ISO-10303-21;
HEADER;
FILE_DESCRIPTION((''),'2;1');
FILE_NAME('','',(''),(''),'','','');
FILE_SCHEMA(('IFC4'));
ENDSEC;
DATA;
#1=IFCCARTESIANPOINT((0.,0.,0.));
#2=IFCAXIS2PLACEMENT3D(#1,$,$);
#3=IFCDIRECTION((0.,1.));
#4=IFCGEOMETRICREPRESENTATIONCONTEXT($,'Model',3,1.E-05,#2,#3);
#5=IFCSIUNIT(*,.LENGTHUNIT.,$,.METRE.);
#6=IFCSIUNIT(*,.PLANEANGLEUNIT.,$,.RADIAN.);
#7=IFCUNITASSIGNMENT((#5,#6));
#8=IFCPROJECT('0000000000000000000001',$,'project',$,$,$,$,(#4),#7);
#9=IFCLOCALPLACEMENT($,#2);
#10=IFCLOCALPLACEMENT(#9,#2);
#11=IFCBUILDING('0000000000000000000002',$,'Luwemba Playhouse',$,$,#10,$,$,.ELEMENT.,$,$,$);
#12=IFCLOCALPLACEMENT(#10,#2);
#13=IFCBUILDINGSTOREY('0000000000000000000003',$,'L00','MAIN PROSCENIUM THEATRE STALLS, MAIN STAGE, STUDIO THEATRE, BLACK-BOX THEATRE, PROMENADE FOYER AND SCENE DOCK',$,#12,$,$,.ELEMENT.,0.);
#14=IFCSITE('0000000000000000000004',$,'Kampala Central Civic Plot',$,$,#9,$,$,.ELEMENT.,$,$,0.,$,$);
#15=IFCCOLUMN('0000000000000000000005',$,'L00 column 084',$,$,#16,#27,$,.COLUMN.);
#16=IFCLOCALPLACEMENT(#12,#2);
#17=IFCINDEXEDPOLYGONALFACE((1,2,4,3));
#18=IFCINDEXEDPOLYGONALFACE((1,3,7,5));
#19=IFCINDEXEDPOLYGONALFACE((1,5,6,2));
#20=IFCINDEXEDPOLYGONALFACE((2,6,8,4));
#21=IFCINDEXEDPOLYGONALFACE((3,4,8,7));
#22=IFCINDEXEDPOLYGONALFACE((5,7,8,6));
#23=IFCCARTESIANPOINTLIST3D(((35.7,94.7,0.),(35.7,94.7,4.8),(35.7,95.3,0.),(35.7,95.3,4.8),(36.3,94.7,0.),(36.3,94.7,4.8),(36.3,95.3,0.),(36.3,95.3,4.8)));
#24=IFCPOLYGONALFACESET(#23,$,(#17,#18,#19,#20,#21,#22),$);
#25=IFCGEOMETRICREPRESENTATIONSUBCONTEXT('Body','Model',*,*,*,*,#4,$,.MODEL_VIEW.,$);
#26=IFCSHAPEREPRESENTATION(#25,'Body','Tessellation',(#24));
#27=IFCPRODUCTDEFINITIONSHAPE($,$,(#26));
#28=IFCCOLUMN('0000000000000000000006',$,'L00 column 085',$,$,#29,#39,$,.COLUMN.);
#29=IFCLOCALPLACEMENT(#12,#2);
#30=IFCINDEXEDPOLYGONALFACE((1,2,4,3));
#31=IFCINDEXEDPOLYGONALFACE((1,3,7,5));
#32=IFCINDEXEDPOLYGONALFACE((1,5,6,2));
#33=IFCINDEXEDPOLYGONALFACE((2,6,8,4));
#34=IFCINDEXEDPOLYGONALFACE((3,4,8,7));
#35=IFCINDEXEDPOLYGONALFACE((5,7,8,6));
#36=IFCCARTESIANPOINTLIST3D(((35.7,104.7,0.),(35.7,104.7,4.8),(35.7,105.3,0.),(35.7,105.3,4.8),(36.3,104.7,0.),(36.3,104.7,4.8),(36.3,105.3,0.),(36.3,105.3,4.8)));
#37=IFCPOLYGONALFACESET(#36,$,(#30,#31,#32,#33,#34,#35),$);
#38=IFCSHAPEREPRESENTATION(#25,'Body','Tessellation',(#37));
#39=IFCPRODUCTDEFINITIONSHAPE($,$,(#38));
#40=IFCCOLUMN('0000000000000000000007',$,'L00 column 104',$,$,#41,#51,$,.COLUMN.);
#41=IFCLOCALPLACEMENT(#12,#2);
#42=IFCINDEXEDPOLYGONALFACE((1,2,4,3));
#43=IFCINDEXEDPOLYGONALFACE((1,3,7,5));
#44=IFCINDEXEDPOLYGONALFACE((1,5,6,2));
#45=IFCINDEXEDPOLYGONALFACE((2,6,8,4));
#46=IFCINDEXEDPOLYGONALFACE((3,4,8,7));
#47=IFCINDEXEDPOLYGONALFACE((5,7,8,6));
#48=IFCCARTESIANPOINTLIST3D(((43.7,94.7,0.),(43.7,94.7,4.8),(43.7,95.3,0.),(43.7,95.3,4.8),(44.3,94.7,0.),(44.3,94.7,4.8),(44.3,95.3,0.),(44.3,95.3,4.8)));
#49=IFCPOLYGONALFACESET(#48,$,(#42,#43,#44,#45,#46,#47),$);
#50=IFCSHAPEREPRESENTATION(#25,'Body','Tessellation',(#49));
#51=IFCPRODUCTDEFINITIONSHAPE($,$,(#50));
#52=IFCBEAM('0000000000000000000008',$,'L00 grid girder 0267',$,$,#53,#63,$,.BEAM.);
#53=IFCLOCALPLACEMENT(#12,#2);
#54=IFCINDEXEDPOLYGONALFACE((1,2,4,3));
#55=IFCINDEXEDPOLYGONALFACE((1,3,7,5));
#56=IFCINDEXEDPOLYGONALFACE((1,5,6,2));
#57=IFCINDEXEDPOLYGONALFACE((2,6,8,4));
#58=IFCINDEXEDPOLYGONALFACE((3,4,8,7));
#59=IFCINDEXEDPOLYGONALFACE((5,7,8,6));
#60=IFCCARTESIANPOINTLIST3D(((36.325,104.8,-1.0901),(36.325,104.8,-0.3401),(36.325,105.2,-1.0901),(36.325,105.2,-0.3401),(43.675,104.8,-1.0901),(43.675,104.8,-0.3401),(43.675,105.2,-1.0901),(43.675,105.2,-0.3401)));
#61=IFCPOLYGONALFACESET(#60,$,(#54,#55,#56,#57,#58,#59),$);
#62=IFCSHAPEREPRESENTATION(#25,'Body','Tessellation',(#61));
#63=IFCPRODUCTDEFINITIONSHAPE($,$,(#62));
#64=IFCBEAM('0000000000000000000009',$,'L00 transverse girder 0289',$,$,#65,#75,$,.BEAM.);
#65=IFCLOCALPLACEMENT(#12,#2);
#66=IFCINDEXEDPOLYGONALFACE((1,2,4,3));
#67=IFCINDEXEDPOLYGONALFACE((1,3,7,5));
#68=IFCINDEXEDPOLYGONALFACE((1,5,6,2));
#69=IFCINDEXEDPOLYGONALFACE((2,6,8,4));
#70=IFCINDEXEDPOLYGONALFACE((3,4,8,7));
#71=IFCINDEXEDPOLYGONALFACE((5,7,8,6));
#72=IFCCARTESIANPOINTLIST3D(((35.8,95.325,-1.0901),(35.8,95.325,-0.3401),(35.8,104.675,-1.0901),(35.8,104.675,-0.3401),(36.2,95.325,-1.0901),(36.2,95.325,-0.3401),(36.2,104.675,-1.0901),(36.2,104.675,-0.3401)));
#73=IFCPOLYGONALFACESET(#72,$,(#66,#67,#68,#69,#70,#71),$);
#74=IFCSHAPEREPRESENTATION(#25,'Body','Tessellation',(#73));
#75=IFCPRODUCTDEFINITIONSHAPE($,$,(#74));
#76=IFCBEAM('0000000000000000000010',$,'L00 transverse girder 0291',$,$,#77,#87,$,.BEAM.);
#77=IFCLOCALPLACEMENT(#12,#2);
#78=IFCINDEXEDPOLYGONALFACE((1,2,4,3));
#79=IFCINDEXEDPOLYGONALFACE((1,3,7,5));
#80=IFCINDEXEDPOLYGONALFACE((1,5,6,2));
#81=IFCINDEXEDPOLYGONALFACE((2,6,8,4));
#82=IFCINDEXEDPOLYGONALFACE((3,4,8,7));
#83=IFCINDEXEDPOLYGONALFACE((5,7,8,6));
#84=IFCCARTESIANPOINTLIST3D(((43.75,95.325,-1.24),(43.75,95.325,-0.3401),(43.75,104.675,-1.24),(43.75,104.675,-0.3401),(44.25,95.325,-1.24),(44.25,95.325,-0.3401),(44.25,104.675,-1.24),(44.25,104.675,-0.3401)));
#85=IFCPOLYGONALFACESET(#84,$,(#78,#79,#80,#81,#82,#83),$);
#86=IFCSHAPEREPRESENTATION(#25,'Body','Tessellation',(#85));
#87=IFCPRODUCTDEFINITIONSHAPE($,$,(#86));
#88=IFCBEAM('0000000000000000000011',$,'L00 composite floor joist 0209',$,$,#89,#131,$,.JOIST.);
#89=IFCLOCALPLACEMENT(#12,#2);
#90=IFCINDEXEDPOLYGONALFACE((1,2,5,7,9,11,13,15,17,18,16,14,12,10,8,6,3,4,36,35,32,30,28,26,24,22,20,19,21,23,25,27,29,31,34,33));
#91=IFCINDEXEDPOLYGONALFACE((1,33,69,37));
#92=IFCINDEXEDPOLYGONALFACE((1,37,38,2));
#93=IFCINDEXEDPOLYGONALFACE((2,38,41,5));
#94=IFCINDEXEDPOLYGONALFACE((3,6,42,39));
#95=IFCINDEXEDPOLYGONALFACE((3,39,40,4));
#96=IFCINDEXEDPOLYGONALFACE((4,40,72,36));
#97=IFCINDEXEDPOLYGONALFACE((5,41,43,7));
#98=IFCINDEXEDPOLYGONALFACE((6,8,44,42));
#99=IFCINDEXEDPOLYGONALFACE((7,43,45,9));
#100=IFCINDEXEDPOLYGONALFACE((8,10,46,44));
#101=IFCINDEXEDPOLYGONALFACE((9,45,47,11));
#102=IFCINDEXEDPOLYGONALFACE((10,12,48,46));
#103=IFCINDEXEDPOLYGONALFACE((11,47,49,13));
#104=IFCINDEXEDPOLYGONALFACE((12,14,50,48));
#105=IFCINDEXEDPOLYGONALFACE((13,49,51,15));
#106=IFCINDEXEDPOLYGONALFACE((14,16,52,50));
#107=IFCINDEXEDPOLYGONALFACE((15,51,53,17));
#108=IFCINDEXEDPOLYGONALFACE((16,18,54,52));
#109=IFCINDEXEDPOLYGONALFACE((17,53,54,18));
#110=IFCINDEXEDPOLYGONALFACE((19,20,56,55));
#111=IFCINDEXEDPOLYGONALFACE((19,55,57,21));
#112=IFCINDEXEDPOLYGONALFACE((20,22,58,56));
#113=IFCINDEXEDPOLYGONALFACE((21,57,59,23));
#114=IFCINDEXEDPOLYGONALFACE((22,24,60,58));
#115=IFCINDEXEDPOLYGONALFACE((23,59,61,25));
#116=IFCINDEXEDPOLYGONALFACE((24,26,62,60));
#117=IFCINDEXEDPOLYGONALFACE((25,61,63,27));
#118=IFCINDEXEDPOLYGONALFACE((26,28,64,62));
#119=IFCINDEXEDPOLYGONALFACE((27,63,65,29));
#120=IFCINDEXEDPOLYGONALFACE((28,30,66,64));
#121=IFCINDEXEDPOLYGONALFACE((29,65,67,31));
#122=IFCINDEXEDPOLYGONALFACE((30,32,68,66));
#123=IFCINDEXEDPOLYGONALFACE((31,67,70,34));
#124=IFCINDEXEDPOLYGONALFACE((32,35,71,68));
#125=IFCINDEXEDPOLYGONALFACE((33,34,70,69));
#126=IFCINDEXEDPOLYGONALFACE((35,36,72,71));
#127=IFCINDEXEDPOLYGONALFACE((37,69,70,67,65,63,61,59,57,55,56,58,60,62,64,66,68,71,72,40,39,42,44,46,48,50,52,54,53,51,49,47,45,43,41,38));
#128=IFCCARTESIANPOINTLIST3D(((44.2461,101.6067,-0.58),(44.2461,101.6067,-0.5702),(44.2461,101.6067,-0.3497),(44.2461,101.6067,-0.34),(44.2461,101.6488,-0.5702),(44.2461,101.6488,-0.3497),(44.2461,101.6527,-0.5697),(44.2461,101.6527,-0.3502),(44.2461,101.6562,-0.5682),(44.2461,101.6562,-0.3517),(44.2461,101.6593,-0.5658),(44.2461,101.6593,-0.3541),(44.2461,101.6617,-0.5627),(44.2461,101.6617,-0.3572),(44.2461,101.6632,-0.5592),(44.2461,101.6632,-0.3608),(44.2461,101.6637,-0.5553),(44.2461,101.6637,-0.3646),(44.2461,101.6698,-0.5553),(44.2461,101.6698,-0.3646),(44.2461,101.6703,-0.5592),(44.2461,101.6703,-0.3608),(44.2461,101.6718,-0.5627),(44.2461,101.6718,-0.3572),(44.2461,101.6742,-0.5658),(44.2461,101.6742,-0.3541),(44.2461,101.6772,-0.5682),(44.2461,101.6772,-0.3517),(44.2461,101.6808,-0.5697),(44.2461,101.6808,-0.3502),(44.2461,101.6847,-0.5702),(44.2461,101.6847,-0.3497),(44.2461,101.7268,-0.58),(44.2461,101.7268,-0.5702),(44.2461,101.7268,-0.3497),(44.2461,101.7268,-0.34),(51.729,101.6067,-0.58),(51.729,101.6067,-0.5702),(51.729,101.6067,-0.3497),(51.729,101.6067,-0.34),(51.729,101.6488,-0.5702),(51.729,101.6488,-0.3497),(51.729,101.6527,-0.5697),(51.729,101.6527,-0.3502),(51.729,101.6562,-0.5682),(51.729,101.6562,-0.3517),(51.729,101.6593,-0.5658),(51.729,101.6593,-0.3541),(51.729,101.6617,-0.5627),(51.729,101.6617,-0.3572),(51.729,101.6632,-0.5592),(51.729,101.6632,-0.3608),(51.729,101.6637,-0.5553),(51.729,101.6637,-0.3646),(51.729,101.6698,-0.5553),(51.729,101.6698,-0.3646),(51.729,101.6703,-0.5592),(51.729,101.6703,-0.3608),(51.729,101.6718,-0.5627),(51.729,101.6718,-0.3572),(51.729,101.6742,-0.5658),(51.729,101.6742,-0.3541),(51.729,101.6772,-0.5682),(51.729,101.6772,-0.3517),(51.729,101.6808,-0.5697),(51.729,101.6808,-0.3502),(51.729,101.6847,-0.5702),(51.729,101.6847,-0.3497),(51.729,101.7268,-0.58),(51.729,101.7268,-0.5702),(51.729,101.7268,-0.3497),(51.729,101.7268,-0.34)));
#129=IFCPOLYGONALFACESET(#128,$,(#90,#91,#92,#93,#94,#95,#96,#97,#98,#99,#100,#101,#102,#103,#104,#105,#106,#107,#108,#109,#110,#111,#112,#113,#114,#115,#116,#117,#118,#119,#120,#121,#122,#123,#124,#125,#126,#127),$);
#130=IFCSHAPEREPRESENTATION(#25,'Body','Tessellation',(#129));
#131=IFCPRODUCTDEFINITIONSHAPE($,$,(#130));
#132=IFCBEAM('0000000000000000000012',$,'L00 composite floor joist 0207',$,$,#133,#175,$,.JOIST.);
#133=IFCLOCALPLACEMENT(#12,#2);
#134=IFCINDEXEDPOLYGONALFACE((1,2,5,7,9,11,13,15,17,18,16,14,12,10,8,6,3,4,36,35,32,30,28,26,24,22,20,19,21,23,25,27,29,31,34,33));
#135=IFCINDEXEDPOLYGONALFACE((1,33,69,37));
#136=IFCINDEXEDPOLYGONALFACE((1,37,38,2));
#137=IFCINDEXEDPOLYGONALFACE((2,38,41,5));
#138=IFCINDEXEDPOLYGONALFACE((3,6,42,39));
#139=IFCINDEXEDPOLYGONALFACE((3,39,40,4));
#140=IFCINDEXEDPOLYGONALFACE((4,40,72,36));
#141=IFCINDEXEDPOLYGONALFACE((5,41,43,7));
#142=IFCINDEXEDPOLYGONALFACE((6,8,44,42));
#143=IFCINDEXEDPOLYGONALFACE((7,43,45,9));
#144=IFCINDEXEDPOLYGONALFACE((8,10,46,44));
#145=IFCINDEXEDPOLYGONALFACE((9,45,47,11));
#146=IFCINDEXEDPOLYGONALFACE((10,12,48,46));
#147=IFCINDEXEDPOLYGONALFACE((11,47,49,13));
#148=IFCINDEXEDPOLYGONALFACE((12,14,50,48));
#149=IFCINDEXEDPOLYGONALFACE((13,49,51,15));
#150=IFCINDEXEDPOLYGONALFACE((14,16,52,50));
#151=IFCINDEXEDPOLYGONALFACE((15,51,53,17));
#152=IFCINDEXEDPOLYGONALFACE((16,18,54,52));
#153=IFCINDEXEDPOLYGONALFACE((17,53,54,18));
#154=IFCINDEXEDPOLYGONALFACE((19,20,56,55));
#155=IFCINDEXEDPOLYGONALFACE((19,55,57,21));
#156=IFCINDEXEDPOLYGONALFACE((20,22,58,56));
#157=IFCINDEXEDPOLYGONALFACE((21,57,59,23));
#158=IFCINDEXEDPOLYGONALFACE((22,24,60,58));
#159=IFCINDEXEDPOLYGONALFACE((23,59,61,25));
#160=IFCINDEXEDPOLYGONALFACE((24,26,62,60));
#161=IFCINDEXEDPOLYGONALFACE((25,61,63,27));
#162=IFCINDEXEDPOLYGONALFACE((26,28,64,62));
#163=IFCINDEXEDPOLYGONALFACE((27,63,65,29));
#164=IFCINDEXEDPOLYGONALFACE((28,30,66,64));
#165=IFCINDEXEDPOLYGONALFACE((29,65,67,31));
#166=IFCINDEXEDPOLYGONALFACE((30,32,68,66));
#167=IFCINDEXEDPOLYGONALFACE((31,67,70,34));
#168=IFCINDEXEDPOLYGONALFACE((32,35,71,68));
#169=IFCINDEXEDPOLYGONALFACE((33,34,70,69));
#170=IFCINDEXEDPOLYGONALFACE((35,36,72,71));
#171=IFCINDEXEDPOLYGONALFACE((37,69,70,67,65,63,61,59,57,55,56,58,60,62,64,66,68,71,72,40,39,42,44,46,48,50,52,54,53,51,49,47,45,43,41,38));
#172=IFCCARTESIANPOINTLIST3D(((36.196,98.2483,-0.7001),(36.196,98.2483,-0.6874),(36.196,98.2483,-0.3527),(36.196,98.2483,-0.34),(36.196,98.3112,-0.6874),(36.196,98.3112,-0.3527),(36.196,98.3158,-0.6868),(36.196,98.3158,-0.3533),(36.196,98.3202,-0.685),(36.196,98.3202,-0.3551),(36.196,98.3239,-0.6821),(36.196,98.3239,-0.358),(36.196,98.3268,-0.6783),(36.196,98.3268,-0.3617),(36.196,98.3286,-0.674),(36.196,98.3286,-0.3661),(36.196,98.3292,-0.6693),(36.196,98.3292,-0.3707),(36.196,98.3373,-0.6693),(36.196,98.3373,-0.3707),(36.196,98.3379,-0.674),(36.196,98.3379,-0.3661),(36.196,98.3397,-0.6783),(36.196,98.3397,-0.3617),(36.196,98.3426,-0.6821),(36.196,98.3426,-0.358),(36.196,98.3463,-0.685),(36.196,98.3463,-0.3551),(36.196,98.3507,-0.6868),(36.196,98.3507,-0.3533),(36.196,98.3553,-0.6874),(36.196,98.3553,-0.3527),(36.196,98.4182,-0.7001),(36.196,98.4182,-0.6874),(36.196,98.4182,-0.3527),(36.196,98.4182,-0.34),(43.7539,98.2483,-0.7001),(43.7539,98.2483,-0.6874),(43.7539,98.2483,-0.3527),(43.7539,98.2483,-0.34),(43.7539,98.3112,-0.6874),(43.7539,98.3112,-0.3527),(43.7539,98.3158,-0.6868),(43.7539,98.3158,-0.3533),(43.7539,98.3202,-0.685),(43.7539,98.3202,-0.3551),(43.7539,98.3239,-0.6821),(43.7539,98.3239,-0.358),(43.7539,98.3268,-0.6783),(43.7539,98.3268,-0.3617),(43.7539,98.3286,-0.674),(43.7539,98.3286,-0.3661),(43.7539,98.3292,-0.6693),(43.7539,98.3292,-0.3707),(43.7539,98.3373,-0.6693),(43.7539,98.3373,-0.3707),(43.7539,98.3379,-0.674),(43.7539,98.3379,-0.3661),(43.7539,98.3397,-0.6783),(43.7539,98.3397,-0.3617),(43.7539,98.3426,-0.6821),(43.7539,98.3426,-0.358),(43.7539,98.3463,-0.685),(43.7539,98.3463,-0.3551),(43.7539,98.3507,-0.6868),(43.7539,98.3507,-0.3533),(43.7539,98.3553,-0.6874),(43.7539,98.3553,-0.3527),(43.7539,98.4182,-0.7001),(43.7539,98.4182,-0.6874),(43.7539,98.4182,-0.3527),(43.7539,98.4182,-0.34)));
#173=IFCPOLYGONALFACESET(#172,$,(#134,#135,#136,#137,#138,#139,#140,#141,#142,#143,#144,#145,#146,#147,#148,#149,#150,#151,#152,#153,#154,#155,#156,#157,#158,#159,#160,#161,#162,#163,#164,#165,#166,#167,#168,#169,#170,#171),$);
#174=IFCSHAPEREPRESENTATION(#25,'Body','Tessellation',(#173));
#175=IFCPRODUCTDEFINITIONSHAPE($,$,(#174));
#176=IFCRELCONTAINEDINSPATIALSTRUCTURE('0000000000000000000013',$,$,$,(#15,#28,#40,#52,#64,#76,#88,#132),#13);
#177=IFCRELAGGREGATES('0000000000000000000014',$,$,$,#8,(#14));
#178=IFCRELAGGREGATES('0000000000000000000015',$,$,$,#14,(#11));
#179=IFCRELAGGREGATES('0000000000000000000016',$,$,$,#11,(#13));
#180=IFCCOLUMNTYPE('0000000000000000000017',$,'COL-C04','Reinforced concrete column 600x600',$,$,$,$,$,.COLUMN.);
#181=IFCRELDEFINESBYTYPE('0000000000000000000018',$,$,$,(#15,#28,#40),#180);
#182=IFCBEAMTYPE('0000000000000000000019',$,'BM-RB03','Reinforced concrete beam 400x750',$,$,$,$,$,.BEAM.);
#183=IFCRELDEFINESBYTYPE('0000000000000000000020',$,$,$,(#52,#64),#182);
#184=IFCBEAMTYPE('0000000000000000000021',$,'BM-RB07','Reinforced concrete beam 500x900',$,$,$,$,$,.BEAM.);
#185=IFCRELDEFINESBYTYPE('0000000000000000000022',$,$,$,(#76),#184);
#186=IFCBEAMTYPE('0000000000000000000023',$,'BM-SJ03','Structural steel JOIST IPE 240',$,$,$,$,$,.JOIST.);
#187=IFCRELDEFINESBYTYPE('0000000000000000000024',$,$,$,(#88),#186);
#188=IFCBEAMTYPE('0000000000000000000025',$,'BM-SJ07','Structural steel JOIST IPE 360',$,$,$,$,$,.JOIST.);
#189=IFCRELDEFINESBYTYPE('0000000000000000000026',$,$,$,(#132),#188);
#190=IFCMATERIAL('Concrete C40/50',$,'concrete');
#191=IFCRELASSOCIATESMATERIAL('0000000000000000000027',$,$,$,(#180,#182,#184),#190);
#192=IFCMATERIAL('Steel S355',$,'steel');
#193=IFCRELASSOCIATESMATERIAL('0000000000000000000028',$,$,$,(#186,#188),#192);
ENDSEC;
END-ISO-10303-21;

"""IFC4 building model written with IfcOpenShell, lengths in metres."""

from ifc_helpers import new_model, si_unit, direction, frame, origin, origin_2d, place, context, subcontext, project, spatial, rectangle, i_section, extrude, material, material_profile, profile_set, type_object, element, save


model = new_model("IFC4")

# Units and contexts
model_context = context("Model", 3, precision=1e-05, world=origin(), true_north=direction((0.0, 1.0)))
body_context = subcontext(model_context, "Body", "Model", "MODEL_VIEW")
ifc_project = project(units=[si_unit("LENGTHUNIT", "METRE"), si_unit("PLANEANGLEUNIT", "RADIAN")], contexts=[model_context])

# Site, building, storey
site_placement = place(None, origin())
site = spatial("IfcSite", under=ifc_project, at=site_placement, Name="Kampala Central Civic Plot", CompositionType="ELEMENT", RefElevation=0.0)
building_placement = place(site_placement, origin())
building = spatial("IfcBuilding", under=site, at=building_placement, Name="Luwemba Playhouse", CompositionType="ELEMENT")
storey_placement = place(building_placement, origin())
storey = spatial("IfcBuildingStorey", under=building, at=storey_placement, Name="L00", Description="MAIN PROSCENIUM THEATRE STALLS, MAIN STAGE, STUDIO THEATRE, BLACK-BOX THEATRE, PROMENADE FOYER AND SCENE DOCK", CompositionType="ELEMENT", Elevation=0.0)

# Columns
ifc_material_1 = material(Name="Concrete C40/50", Category="concrete")
ifc_material_profile_1 = material_profile(ifc_material_1, rectangle(XDim=0.6001, YDim=0.6001, at=origin_2d()))
ifc_profile_set_1 = profile_set([ifc_material_profile_1], Name="Concrete C40/50")
column_type = type_object("IfcColumnType", Name="COL-C04", Description="Reinforced concrete column 600x600", PredefinedType="COLUMN", material=ifc_profile_set_1)
for number, where, z_axis, x_axis, name in (
    (1, (36.0, 95.0, 0.0), (0.0, 0.0, 1.0), (1.0, 0.0, 0.0), "L00 column 084"),
    (2, (36.0, 105.0, 0.0), (0.0, 0.0, 1.0), (1.0, 0.0, 0.0), "L00 column 085"),
    (3, (44.0, 95.0, 0.0), (0.0, 0.0, 1.0), (1.0, 0.0, 0.0), "L00 column 104"),
):
    element("IfcColumn", number, at=place(storey_placement, frame(where, z_axis=z_axis, x_axis=x_axis)), inside=storey, type_object=column_type, Name=name, PredefinedType="COLUMN", context=body_context, shape_type="SweptSolid", body=[
        extrude(rectangle(XDim=0.6001, YDim=0.6001, at=origin_2d()), origin(), (0.0, 0.0, 1.0), 4.8),
    ])

# Beams
ifc_material_profile_2 = material_profile(ifc_material_1, rectangle(XDim=0.3999, YDim=0.75, at=origin_2d()))
ifc_profile_set_2 = profile_set([ifc_material_profile_2], Name="Concrete C40/50")
beam_type_1 = type_object("IfcBeamType", Name="BM-RB03", Description="Reinforced concrete beam 400x750", PredefinedType="BEAM", material=ifc_profile_set_2)
beam_1_placement = place(storey_placement, frame((36.325, 105.0, -0.7151), z_axis=(1.0, 0.0, 0.0), x_axis=(0.0, 1.0, 0.0)))
element("IfcBeam", 4, at=beam_1_placement, inside=storey, type_object=beam_type_1, Name="L00 grid girder 0267", PredefinedType="BEAM", context=body_context, shape_type="SweptSolid", body=[
    extrude(rectangle(XDim=0.3999, YDim=0.75, at=origin_2d()), origin(), (0.0, 0.0, 1.0), 7.3501),
])
beam_2_placement = place(storey_placement, frame((36.0, 95.325, -0.7151), z_axis=(0.0, 1.0, 0.0), x_axis=(-1.0, 0.0, 0.0)))
element("IfcBeam", 5, at=beam_2_placement, inside=storey, type_object=beam_type_1, Name="L00 transverse girder 0289", PredefinedType="BEAM", context=body_context, shape_type="SweptSolid", body=[
    extrude(rectangle(XDim=0.3999, YDim=0.75, at=origin_2d()), origin(), (0.0, 0.0, 1.0), 9.3501),
])
ifc_material_profile_3 = material_profile(ifc_material_1, rectangle(XDim=0.5, YDim=0.8999, at=origin_2d()))
ifc_profile_set_3 = profile_set([ifc_material_profile_3], Name="Concrete C40/50")
beam_type_2 = type_object("IfcBeamType", Name="BM-RB07", Description="Reinforced concrete beam 500x900", PredefinedType="BEAM", material=ifc_profile_set_3)
beam_3_placement = place(storey_placement, frame((44.0, 95.325, -0.79), z_axis=(0.0, 1.0, 0.0), x_axis=(-1.0, 0.0, 0.0)))
element("IfcBeam", 6, at=beam_3_placement, inside=storey, type_object=beam_type_2, Name="L00 transverse girder 0291", PredefinedType="BEAM", context=body_context, shape_type="SweptSolid", body=[
    extrude(rectangle(XDim=0.5, YDim=0.8999, at=origin_2d()), origin(), (0.0, 0.0, 1.0), 9.3501),
])
ifc_material_2 = material(Name="Steel S355", Category="steel")
ifc_material_profile_4 = material_profile(ifc_material_2, i_section(OverallWidth=0.1201, OverallDepth=0.24, WebThickness=0.0061, FlangeThickness=0.0098, FilletRadius=0.0149, at=origin_2d()))
ifc_profile_set_4 = profile_set([ifc_material_profile_4], Name="Steel S355")
beam_type_3 = type_object("IfcBeamType", Name="BM-SJ03", Description="Structural steel JOIST IPE 240", PredefinedType="JOIST", material=ifc_profile_set_4)
beam_4_placement = place(storey_placement, frame((44.2461, 101.6667, -0.46), z_axis=(1.0, 0.0, 0.0), x_axis=(0.0, 1.0, 0.0)))
element("IfcBeam", 7, at=beam_4_placement, inside=storey, type_object=beam_type_3, Name="L00 composite floor joist 0209", PredefinedType="JOIST", context=body_context, shape_type="SweptSolid", body=[
    extrude(i_section(OverallWidth=0.1201, OverallDepth=0.24, WebThickness=0.0061, FlangeThickness=0.0098, FilletRadius=0.0149, at=origin_2d()), origin(), (0.0, 0.0, 1.0), 7.4829),
])
ifc_material_profile_5 = material_profile(ifc_material_2, i_section(OverallWidth=0.1699, OverallDepth=0.3601, WebThickness=0.0081, FlangeThickness=0.0127, FilletRadius=0.0181, at=origin_2d()))
ifc_profile_set_5 = profile_set([ifc_material_profile_5], Name="Steel S355")
beam_type_4 = type_object("IfcBeamType", Name="BM-SJ07", Description="Structural steel JOIST IPE 360", PredefinedType="JOIST", material=ifc_profile_set_5)
beam_5_placement = place(storey_placement, frame((36.196, 98.3333, -0.52), z_axis=(1.0, 0.0, 0.0), x_axis=(0.0, 1.0, 0.0)))
element("IfcBeam", 8, at=beam_5_placement, inside=storey, type_object=beam_type_4, Name="L00 composite floor joist 0207", PredefinedType="JOIST", context=body_context, shape_type="SweptSolid", body=[
    extrude(i_section(OverallWidth=0.1699, OverallDepth=0.3601, WebThickness=0.0081, FlangeThickness=0.0127, FilletRadius=0.0181, at=origin_2d()), origin(), (0.0, 0.0, 1.0), 7.5579),
])

save(model, "model.ifc")
